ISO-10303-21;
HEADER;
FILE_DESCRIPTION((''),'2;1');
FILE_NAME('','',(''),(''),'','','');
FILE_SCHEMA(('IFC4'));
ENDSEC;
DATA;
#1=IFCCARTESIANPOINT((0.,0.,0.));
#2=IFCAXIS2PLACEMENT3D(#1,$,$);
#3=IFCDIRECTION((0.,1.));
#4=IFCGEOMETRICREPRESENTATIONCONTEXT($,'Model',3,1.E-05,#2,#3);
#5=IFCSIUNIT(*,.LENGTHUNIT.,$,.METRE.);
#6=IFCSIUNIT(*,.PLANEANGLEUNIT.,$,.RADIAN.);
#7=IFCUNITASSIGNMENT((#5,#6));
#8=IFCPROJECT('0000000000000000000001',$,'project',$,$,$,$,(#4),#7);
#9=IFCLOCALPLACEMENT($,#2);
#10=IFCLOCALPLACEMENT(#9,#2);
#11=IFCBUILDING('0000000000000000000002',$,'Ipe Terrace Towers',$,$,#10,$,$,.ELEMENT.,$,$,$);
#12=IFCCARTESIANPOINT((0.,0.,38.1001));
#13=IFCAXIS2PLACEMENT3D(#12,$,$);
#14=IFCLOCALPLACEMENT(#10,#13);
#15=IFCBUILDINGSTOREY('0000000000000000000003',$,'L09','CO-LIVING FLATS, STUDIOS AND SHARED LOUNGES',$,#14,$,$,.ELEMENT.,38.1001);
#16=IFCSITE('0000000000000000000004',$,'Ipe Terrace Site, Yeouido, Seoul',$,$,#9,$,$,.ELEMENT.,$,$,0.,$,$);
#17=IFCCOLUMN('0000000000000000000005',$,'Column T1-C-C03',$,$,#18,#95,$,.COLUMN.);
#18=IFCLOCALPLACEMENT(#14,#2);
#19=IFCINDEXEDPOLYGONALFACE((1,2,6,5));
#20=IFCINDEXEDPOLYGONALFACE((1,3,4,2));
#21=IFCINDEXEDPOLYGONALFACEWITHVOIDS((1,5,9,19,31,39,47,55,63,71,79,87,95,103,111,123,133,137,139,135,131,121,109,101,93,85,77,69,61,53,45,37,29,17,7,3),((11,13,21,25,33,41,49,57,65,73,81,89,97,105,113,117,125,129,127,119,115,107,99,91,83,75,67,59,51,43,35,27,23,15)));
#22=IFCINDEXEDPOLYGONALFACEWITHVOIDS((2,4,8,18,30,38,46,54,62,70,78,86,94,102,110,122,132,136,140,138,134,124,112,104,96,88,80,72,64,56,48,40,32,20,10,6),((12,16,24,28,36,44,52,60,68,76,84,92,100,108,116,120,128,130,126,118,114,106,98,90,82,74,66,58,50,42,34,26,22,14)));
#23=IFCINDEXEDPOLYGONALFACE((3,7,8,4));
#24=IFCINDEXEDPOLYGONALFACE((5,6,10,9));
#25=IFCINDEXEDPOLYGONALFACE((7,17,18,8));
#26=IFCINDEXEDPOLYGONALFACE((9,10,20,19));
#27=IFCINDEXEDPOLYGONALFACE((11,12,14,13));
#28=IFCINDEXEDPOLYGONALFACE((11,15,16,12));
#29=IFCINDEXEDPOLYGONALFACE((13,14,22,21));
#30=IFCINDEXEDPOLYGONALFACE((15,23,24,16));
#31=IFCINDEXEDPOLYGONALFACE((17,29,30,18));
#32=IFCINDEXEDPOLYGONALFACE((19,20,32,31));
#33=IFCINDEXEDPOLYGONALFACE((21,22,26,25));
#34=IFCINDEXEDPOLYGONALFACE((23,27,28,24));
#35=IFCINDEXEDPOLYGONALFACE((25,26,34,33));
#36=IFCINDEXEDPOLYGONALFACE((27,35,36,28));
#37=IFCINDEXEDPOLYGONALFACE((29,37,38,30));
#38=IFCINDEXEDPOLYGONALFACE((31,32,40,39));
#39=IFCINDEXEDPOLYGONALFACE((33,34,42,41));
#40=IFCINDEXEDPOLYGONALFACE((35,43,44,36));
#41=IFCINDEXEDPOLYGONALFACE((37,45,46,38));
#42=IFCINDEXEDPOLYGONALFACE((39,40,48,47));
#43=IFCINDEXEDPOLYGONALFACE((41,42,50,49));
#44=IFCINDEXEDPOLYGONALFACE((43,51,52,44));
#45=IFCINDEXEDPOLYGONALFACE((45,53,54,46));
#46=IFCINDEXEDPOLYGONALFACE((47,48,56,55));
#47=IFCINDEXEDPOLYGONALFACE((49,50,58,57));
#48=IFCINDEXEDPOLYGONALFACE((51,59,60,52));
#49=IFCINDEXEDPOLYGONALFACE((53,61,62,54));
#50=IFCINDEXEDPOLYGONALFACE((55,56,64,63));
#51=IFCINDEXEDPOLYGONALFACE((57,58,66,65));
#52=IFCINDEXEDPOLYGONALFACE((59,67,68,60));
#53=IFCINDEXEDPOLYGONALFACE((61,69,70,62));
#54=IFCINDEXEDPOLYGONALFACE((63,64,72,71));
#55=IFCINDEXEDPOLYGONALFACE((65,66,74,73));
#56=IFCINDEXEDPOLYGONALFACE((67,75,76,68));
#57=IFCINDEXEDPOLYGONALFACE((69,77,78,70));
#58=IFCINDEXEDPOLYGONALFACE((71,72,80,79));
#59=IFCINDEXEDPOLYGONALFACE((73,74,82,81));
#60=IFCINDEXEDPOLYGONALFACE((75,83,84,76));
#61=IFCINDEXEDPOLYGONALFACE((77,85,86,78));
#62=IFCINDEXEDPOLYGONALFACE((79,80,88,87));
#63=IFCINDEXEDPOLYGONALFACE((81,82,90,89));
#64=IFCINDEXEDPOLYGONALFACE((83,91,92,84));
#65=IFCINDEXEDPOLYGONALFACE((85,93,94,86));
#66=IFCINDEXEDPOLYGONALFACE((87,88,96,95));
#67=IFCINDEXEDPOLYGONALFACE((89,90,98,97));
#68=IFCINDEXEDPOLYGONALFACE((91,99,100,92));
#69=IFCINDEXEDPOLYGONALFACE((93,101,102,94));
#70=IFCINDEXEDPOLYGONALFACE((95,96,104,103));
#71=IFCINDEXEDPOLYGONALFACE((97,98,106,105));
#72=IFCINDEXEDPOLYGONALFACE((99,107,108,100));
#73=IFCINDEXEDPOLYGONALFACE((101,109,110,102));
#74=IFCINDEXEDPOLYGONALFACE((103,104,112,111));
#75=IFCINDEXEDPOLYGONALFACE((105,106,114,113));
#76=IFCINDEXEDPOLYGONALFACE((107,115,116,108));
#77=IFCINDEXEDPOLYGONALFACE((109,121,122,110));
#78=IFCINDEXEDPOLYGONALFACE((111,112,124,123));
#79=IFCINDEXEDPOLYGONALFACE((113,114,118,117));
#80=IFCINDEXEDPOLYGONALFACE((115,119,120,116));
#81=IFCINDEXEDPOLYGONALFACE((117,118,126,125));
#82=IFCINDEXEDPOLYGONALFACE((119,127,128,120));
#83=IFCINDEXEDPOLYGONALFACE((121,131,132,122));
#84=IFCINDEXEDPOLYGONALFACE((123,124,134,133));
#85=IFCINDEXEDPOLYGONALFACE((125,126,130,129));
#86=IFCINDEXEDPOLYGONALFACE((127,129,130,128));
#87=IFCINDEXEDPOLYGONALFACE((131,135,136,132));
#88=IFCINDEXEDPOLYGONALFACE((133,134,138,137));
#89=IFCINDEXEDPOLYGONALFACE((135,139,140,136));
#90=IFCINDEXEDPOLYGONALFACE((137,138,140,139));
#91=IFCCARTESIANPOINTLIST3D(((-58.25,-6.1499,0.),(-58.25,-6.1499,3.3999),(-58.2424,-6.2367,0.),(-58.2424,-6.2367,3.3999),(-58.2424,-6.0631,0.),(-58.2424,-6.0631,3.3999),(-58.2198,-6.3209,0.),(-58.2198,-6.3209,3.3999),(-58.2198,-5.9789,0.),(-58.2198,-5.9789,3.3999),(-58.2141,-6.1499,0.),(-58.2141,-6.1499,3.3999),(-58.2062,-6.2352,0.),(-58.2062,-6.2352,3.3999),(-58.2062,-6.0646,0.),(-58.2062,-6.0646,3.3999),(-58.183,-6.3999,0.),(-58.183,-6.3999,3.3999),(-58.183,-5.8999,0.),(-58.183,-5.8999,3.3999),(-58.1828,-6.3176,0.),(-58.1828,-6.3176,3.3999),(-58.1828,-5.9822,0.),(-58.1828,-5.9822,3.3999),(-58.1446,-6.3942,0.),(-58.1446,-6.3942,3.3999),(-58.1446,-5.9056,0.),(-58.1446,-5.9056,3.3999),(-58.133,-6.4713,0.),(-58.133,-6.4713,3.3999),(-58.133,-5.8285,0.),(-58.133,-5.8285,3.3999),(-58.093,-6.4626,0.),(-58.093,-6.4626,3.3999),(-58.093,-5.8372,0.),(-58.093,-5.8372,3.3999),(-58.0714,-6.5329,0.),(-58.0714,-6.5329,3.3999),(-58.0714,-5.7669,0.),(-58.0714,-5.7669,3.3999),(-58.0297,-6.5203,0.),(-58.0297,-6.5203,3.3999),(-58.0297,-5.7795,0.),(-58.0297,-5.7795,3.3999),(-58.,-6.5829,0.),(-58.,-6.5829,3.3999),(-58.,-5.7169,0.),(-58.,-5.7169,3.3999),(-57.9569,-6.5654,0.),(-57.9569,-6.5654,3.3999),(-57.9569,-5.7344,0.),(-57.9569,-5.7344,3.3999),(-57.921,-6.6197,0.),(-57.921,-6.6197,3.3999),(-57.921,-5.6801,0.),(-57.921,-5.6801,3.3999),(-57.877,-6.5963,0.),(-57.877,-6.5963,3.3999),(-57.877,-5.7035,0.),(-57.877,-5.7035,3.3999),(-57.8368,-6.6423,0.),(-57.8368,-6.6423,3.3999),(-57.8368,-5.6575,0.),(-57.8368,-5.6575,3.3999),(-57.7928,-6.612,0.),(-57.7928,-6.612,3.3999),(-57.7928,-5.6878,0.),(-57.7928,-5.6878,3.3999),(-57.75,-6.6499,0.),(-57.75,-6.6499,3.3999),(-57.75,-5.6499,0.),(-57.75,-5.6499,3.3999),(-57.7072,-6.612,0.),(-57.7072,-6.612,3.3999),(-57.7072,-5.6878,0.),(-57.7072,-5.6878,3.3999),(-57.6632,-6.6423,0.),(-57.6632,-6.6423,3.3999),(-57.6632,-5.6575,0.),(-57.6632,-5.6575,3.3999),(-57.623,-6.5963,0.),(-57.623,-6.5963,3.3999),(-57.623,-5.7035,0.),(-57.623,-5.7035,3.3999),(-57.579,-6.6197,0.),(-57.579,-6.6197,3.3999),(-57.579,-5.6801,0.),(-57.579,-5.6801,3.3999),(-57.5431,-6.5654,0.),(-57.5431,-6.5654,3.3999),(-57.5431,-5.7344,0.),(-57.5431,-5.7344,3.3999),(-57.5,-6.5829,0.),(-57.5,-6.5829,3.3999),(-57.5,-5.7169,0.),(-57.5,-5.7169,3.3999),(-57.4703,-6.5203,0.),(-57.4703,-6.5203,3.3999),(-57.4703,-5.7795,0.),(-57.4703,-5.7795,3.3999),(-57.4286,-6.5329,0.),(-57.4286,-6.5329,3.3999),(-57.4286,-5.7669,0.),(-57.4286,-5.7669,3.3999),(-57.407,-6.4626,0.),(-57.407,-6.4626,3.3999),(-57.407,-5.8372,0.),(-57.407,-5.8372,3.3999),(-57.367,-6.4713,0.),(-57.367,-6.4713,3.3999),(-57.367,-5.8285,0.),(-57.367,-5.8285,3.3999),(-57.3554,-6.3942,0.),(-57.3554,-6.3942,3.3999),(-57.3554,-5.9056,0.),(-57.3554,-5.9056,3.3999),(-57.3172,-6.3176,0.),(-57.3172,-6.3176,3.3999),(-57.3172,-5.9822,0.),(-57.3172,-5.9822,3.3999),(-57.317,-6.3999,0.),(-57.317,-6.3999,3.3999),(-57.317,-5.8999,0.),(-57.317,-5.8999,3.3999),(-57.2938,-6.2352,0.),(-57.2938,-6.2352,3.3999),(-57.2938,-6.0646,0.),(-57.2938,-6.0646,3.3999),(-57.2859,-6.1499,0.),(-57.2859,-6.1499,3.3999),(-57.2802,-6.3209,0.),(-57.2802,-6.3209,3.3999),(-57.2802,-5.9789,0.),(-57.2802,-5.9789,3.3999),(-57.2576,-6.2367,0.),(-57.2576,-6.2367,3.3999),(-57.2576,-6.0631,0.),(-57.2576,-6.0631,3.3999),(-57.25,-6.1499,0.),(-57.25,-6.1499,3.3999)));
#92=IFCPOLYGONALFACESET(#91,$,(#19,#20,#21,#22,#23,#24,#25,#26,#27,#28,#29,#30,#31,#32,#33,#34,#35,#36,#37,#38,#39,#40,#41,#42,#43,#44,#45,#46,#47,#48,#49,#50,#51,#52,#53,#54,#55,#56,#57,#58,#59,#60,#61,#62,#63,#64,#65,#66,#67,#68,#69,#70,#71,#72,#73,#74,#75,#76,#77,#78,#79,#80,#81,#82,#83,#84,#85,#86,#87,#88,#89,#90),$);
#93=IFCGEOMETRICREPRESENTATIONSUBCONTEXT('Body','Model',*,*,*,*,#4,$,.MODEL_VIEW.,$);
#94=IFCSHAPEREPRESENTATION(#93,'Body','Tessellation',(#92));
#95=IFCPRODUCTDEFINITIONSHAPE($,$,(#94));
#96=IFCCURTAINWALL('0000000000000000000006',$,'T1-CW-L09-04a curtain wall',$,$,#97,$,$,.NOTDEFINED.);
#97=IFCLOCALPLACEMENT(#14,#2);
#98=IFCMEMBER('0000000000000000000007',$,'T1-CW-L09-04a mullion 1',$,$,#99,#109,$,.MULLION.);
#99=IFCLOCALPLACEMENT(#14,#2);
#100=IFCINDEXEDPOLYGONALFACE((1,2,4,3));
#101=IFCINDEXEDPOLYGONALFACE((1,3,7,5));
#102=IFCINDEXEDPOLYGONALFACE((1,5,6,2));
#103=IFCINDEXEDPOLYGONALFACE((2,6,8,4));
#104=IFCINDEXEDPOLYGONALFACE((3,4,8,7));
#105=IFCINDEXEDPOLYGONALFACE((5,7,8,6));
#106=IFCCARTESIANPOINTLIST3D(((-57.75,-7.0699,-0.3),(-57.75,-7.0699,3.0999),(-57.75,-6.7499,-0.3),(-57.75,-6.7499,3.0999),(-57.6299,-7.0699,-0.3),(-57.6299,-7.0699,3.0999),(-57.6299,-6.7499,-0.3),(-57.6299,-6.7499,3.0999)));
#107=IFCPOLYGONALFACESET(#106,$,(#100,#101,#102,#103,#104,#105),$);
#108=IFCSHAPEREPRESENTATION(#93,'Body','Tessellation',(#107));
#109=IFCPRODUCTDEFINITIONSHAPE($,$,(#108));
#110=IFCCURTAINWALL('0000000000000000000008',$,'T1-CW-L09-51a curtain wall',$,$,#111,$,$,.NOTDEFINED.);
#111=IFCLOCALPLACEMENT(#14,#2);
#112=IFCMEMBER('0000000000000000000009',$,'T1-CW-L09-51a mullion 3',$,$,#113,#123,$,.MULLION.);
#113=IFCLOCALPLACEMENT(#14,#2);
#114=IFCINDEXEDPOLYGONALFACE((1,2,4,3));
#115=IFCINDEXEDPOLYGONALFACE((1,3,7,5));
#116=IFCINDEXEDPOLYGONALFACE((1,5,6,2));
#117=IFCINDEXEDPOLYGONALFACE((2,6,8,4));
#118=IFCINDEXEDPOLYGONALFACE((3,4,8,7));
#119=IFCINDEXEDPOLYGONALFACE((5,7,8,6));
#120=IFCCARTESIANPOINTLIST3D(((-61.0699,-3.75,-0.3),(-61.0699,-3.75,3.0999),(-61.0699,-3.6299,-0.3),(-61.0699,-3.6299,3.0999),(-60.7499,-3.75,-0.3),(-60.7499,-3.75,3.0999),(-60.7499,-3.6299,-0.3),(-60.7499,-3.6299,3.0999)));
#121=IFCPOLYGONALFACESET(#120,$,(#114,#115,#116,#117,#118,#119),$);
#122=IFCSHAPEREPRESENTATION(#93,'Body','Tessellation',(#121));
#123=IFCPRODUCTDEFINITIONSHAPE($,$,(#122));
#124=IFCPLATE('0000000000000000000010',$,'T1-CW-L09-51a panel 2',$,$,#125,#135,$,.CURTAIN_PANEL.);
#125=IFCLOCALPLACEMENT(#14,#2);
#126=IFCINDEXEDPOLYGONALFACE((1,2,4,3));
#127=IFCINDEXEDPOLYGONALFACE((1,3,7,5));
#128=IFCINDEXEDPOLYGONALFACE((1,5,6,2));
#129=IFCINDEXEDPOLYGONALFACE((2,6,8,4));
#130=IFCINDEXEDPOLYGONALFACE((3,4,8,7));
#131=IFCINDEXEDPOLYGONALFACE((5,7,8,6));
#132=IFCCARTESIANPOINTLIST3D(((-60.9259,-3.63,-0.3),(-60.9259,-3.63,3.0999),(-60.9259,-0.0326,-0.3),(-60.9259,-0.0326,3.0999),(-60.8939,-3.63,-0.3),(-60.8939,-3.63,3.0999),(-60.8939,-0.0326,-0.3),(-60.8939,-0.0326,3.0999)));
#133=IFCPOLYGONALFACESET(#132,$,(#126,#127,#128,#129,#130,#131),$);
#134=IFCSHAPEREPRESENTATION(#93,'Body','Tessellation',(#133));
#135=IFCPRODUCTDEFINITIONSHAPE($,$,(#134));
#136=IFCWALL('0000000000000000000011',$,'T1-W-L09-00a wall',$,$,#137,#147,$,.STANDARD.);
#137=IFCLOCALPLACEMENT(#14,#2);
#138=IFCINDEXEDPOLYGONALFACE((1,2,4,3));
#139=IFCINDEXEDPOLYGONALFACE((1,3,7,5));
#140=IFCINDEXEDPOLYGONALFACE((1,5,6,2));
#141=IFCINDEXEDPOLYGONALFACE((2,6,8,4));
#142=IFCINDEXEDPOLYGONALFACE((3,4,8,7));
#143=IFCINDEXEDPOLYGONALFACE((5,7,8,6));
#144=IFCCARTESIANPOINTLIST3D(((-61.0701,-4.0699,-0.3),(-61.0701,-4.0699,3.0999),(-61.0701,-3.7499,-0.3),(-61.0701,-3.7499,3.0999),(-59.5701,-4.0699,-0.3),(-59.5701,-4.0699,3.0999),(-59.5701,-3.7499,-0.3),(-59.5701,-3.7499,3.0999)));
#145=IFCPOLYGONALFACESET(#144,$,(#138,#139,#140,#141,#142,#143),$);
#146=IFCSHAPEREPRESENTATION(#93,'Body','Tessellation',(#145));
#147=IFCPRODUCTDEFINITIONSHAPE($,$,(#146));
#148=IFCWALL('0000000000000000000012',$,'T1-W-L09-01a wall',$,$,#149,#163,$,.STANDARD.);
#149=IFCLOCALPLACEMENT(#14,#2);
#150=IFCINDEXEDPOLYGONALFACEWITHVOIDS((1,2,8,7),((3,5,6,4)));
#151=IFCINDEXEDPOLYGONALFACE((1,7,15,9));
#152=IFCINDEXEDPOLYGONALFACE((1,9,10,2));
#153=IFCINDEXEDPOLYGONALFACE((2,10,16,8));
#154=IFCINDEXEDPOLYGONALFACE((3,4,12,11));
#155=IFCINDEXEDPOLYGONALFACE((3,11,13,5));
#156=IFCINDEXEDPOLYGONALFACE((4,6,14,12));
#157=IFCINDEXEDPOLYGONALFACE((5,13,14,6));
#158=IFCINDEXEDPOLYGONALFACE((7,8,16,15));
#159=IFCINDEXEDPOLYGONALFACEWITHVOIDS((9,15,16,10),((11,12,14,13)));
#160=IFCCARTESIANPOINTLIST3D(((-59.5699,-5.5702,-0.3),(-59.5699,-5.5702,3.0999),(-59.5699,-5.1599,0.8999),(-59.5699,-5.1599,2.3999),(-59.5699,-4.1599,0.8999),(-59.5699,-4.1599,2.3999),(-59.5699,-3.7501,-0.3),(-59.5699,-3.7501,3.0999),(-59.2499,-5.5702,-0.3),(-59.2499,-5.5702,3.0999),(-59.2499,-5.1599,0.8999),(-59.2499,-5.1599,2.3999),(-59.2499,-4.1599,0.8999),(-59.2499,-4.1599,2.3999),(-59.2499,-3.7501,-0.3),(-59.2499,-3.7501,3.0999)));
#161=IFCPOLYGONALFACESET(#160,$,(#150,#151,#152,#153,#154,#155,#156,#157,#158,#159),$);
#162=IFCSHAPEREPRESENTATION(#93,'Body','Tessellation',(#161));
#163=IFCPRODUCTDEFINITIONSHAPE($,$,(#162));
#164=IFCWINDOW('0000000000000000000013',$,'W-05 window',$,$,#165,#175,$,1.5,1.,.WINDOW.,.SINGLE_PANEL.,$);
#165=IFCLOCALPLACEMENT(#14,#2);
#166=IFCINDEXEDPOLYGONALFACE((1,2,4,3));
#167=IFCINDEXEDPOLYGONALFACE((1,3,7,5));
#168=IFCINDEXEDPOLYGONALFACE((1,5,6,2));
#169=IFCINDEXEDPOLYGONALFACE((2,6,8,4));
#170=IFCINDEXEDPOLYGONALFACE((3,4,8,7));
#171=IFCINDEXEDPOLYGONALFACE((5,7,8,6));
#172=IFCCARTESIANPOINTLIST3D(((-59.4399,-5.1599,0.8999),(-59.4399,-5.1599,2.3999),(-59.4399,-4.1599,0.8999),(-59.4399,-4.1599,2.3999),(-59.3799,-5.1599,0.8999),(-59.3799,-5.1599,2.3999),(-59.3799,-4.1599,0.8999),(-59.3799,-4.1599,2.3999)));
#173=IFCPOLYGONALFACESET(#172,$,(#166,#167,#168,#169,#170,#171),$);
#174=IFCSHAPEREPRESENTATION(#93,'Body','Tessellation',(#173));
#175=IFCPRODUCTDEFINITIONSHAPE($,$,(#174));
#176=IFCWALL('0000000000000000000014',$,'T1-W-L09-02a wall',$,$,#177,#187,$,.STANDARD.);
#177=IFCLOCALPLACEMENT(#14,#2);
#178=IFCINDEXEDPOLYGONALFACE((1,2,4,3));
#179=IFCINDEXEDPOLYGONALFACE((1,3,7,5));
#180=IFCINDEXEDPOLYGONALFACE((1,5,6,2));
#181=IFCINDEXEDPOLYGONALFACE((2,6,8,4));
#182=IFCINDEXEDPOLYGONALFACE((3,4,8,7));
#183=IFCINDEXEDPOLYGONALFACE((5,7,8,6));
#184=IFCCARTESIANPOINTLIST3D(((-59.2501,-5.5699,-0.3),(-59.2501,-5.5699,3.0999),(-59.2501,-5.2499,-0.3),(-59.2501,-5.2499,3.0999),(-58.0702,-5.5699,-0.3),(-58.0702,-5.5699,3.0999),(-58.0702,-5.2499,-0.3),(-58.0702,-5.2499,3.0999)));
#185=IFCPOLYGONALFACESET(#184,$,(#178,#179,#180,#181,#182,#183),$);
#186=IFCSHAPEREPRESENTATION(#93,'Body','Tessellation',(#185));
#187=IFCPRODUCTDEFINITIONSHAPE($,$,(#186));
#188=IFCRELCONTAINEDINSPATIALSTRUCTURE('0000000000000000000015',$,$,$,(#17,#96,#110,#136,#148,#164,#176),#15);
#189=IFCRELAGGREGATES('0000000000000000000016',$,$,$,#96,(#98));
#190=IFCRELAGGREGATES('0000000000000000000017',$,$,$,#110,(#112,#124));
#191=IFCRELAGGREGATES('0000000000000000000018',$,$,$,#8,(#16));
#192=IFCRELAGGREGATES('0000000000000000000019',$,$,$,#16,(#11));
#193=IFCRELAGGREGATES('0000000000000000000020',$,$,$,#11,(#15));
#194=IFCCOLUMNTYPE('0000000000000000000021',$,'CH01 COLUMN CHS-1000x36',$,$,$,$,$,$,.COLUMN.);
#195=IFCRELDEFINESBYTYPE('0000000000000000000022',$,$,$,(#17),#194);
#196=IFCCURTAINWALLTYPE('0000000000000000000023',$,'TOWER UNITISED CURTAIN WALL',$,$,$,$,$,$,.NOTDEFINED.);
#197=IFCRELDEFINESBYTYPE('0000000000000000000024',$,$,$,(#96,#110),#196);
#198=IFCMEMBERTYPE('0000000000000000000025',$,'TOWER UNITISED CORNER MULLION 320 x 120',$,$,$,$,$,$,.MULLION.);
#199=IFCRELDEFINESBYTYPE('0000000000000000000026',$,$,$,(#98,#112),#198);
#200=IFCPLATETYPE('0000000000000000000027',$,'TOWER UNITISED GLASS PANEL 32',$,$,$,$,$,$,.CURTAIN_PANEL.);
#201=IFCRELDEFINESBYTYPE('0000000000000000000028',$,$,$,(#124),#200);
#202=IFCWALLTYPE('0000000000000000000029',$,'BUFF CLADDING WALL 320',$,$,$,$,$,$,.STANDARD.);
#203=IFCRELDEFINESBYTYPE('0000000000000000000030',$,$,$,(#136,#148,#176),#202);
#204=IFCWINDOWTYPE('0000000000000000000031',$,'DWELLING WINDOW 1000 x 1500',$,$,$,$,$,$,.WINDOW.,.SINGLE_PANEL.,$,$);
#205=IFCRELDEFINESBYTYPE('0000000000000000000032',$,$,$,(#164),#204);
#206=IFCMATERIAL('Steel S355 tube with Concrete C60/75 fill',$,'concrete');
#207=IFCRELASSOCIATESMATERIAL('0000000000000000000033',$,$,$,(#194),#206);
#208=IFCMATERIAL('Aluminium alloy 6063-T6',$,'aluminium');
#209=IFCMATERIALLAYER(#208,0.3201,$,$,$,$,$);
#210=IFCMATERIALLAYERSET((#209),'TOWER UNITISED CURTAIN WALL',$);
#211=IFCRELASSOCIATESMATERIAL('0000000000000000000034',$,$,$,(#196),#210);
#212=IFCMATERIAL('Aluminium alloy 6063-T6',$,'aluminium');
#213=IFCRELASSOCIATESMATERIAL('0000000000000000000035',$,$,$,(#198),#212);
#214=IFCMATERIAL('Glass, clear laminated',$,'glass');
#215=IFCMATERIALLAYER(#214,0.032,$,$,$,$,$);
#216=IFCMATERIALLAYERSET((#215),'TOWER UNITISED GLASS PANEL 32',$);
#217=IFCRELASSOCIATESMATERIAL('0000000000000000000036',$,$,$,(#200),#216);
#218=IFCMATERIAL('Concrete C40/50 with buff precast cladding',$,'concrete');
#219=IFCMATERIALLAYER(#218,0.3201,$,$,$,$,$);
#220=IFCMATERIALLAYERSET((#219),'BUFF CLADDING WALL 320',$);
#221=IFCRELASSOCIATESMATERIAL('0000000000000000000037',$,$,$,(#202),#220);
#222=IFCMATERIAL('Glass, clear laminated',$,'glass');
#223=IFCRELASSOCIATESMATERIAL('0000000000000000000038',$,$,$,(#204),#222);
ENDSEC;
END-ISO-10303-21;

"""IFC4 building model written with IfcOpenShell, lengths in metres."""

from ifc_helpers import new_model, si_unit, direction, frame, frame_2d, origin, origin_2d, place, context, subcontext, project, spatial, rectangle, hollow_circle, extrude, material, layer, layer_set, material_profile, profile_set, type_object, element, fill, aggregate, save


model = new_model("IFC4")

# Units and contexts
model_context = context("Model", 3, precision=1e-05, world=origin(), true_north=direction((0.0, 1.0)))
body_context = subcontext(model_context, "Body", "Model", "MODEL_VIEW")
ifc_project = project(units=[si_unit("LENGTHUNIT", "METRE"), si_unit("PLANEANGLEUNIT", "RADIAN")], contexts=[model_context])

# Site, building, storey
site_placement = place(None, origin())
site = spatial("IfcSite", under=ifc_project, at=site_placement, Name="Ipe Terrace Site, Yeouido, Seoul", CompositionType="ELEMENT", RefElevation=0.0)
building_placement = place(site_placement, origin())
building = spatial("IfcBuilding", under=site, at=building_placement, Name="Ipe Terrace Towers", CompositionType="ELEMENT")
storey_placement = place(building_placement, frame((0.0, 0.0, 38.1001)))
storey = spatial("IfcBuildingStorey", under=building, at=storey_placement, Name="L09", Description="CO-LIVING FLATS, STUDIOS AND SHARED LOUNGES", CompositionType="ELEMENT", Elevation=38.1001)

# Column
ifc_material_1 = material(Name="Steel S355 tube with Concrete C60/75 fill", Category="concrete")
ifc_material_profile_1 = material_profile(ifc_material_1, hollow_circle(Radius=0.5, WallThickness=0.0359, at=origin_2d()), Name="CHS-1000x36")
ifc_profile_set_1 = profile_set([ifc_material_profile_1], Name="Steel S355 tube with Concrete C60/75 fill")
column_type = type_object("IfcColumnType", Name="CH01 COLUMN CHS-1000x36", PredefinedType="COLUMN", material=ifc_profile_set_1)
column_placement = place(storey_placement, frame((-57.75, -6.1499, 0.0), z_axis=(0.0, 0.0, 1.0), x_axis=(1.0, 0.0, 0.0)))
element("IfcColumn", 1, at=column_placement, inside=storey, type_object=column_type, Name="Column T1-C-C03", PredefinedType="COLUMN", context=body_context, shape_type="SweptSolid", body=[
    extrude(hollow_circle(Radius=0.5, WallThickness=0.0359, at=origin_2d()), origin(), (0.0, 0.0, 1.0), 3.3999),
])

# Curtain wall, member
ifc_material_2 = material(Name="Aluminium alloy 6063-T6", Category="aluminium")
ifc_layer_1 = layer(ifc_material_2, 0.3201)
ifc_layer_set_1 = layer_set([ifc_layer_1], Name="TOWER UNITISED CURTAIN WALL")
curtain_wall_type = type_object("IfcCurtainWallType", Name="TOWER UNITISED CURTAIN WALL", PredefinedType="NOTDEFINED", material=ifc_layer_set_1)
curtain_wall_1_placement = place(storey_placement, origin())
curtain_wall_1 = element("IfcCurtainWall", 2, at=curtain_wall_1_placement, inside=storey, type_object=curtain_wall_type, Name="T1-CW-L09-04a curtain wall", PredefinedType="NOTDEFINED")
ifc_material_3 = material(Name="Aluminium alloy 6063-T6", Category="aluminium")
ifc_material_profile_2 = material_profile(ifc_material_3, rectangle(XDim=0.3201, YDim=0.1201, at=origin_2d()), Name="TOWER UNITISED CORNER MULLION 320 x 120")
ifc_profile_set_2 = profile_set([ifc_material_profile_2], Name="Aluminium alloy 6063-T6")
member_type = type_object("IfcMemberType", Name="TOWER UNITISED CORNER MULLION 320 x 120", PredefinedType="MULLION", material=ifc_profile_set_2)
member_1_placement = place(storey_placement, frame((-57.6899, -6.9099, -0.3), z_axis=(0.0, 0.0, 1.0), x_axis=(0.0, -1.0, 0.0)))
member_1 = element("IfcMember", 3, at=member_1_placement, type_object=member_type, Name="T1-CW-L09-04a mullion 1", PredefinedType="MULLION", context=body_context, shape_type="SweptSolid", body=[
    extrude(rectangle(XDim=0.3201, YDim=0.1201, at=origin_2d()), origin(), (0.0, 0.0, 1.0), 3.3999),
])
aggregate(curtain_wall_1, [member_1])

# Curtain wall, member, plate
curtain_wall_2_placement = place(storey_placement, origin())
curtain_wall_2 = element("IfcCurtainWall", 4, at=curtain_wall_2_placement, inside=storey, type_object=curtain_wall_type, Name="T1-CW-L09-51a curtain wall", PredefinedType="NOTDEFINED")
member_2_placement = place(storey_placement, frame((-60.9099, -3.6899, -0.3), z_axis=(0.0, 0.0, 1.0), x_axis=(-1.0, 0.0, 0.0)))
member_2 = element("IfcMember", 5, at=member_2_placement, type_object=member_type, Name="T1-CW-L09-51a mullion 3", PredefinedType="MULLION", context=body_context, shape_type="SweptSolid", body=[
    extrude(rectangle(XDim=0.3201, YDim=0.1201, at=origin_2d()), origin(), (0.0, 0.0, 1.0), 3.3999),
])
ifc_material_4 = material(Name="Glass, clear laminated", Category="glass")
ifc_layer_2 = layer(ifc_material_4, 0.032)
ifc_layer_set_2 = layer_set([ifc_layer_2], Name="TOWER UNITISED GLASS PANEL 32")
plate_type = type_object("IfcPlateType", Name="TOWER UNITISED GLASS PANEL 32", PredefinedType="CURTAIN_PANEL", material=ifc_layer_set_2)
plate_placement = place(storey_placement, frame((-60.9099, -1.8313, -0.3), z_axis=(0.0, 0.0, 1.0), x_axis=(0.0, -1.0, 0.0)))
plate = element("IfcPlate", 6, at=plate_placement, type_object=plate_type, Name="T1-CW-L09-51a panel 2", PredefinedType="CURTAIN_PANEL", context=body_context, shape_type="SweptSolid", body=[
    extrude(rectangle(XDim=3.5974, YDim=0.032, at=origin_2d()), origin(), (0.0, 0.0, 1.0), 3.3999),
])
aggregate(curtain_wall_2, [member_2, plate])

# Wall
ifc_material_5 = material(Name="Concrete C40/50 with buff precast cladding", Category="concrete")
ifc_layer_3 = layer(ifc_material_5, 0.3201)
ifc_layer_set_3 = layer_set([ifc_layer_3], Name="BUFF CLADDING WALL 320")
wall_type_1 = type_object("IfcWallType", Name="BUFF CLADDING WALL 320", PredefinedType="STANDARD", material=ifc_layer_set_3)
wall_1_placement = place(storey_placement, frame((-61.0701, -3.9099, -0.3), z_axis=(0.0, 0.0, 1.0), x_axis=(1.0, 0.0, 0.0)))
element("IfcWall", 7, at=wall_1_placement, inside=storey, type_object=wall_type_1, Name="T1-W-L09-00a wall", PredefinedType="STANDARD", context=body_context, shape_type="SweptSolid", body=[
    extrude(rectangle(XDim=1.5, YDim=0.3201, at=frame_2d((0.75, 0.0))), origin(), (0.0, 0.0, 1.0), 3.3999),
])

# Wall, opening, window
wall_2_placement = place(storey_placement, frame((-59.4099, -3.75, -0.3), z_axis=(0.0, 0.0, 1.0), x_axis=(0.0, -1.0, 0.0)))
wall_2 = element("IfcWall", 8, at=wall_2_placement, inside=storey, type_object=wall_type_1, Name="T1-W-L09-01a wall", PredefinedType="STANDARD", context=body_context, shape_type="SweptSolid", body=[
    extrude(rectangle(XDim=1.8201, YDim=0.3201, at=frame_2d((0.9102, 0.0))), origin(), (0.0, 0.0, 1.0), 3.3999),
])
opening_1_placement = place(wall_2_placement, frame((0.4099, 0.0, 1.2)))
opening_1 = element("IfcOpeningElement", 9, at=opening_1_placement, cuts=wall_2, PredefinedType="OPENING", context=body_context, shape_type="SweptSolid", body=[
    extrude(rectangle(XDim=1.0, YDim=1.5, at=frame_2d((0.5, 0.75))), frame((0.0, 0.1699, 0.0), z_axis=(0.0, -1.0, 0.0), x_axis=(1.0, 0.0, 0.0)), (0.0, 0.0, 1.0), 0.3401),
])
ifc_material_6 = material(Name="Glass, clear laminated", Category="glass")
window_type = type_object("IfcWindowType", Name="DWELLING WINDOW 1000 x 1500", PartitioningType="SINGLE_PANEL", PredefinedType="WINDOW", material=ifc_material_6)
window_placement = place(opening_1_placement, origin())
window = element("IfcWindow", 10, at=window_placement, inside=storey, type_object=window_type, Name="W-05 window", OverallHeight=1.5, OverallWidth=1.0, PartitioningType="SINGLE_PANEL", PredefinedType="WINDOW", context=body_context, shape_type="SweptSolid", body=[
    extrude(rectangle(XDim=1.0, YDim=1.5, at=frame_2d((0.5, 0.75))), frame((0.0, 0.03, 0.0), z_axis=(0.0, -1.0, 0.0), x_axis=(1.0, 0.0, 0.0)), (0.0, 0.0, 1.0), 0.0601),
])
fill(opening_1, window)

# Wall
wall_3_placement = place(storey_placement, frame((-59.25, -5.4099, -0.3), z_axis=(0.0, 0.0, 1.0), x_axis=(1.0, 0.0, 0.0)))
element("IfcWall", 11, at=wall_3_placement, inside=storey, type_object=wall_type_1, Name="T1-W-L09-02a wall", PredefinedType="STANDARD", context=body_context, shape_type="SweptSolid", body=[
    extrude(rectangle(XDim=1.1799, YDim=0.3201, at=frame_2d((0.5898, 0.0))), origin(), (0.0, 0.0, 1.0), 3.3999),
])

save(model, "model.ifc")
